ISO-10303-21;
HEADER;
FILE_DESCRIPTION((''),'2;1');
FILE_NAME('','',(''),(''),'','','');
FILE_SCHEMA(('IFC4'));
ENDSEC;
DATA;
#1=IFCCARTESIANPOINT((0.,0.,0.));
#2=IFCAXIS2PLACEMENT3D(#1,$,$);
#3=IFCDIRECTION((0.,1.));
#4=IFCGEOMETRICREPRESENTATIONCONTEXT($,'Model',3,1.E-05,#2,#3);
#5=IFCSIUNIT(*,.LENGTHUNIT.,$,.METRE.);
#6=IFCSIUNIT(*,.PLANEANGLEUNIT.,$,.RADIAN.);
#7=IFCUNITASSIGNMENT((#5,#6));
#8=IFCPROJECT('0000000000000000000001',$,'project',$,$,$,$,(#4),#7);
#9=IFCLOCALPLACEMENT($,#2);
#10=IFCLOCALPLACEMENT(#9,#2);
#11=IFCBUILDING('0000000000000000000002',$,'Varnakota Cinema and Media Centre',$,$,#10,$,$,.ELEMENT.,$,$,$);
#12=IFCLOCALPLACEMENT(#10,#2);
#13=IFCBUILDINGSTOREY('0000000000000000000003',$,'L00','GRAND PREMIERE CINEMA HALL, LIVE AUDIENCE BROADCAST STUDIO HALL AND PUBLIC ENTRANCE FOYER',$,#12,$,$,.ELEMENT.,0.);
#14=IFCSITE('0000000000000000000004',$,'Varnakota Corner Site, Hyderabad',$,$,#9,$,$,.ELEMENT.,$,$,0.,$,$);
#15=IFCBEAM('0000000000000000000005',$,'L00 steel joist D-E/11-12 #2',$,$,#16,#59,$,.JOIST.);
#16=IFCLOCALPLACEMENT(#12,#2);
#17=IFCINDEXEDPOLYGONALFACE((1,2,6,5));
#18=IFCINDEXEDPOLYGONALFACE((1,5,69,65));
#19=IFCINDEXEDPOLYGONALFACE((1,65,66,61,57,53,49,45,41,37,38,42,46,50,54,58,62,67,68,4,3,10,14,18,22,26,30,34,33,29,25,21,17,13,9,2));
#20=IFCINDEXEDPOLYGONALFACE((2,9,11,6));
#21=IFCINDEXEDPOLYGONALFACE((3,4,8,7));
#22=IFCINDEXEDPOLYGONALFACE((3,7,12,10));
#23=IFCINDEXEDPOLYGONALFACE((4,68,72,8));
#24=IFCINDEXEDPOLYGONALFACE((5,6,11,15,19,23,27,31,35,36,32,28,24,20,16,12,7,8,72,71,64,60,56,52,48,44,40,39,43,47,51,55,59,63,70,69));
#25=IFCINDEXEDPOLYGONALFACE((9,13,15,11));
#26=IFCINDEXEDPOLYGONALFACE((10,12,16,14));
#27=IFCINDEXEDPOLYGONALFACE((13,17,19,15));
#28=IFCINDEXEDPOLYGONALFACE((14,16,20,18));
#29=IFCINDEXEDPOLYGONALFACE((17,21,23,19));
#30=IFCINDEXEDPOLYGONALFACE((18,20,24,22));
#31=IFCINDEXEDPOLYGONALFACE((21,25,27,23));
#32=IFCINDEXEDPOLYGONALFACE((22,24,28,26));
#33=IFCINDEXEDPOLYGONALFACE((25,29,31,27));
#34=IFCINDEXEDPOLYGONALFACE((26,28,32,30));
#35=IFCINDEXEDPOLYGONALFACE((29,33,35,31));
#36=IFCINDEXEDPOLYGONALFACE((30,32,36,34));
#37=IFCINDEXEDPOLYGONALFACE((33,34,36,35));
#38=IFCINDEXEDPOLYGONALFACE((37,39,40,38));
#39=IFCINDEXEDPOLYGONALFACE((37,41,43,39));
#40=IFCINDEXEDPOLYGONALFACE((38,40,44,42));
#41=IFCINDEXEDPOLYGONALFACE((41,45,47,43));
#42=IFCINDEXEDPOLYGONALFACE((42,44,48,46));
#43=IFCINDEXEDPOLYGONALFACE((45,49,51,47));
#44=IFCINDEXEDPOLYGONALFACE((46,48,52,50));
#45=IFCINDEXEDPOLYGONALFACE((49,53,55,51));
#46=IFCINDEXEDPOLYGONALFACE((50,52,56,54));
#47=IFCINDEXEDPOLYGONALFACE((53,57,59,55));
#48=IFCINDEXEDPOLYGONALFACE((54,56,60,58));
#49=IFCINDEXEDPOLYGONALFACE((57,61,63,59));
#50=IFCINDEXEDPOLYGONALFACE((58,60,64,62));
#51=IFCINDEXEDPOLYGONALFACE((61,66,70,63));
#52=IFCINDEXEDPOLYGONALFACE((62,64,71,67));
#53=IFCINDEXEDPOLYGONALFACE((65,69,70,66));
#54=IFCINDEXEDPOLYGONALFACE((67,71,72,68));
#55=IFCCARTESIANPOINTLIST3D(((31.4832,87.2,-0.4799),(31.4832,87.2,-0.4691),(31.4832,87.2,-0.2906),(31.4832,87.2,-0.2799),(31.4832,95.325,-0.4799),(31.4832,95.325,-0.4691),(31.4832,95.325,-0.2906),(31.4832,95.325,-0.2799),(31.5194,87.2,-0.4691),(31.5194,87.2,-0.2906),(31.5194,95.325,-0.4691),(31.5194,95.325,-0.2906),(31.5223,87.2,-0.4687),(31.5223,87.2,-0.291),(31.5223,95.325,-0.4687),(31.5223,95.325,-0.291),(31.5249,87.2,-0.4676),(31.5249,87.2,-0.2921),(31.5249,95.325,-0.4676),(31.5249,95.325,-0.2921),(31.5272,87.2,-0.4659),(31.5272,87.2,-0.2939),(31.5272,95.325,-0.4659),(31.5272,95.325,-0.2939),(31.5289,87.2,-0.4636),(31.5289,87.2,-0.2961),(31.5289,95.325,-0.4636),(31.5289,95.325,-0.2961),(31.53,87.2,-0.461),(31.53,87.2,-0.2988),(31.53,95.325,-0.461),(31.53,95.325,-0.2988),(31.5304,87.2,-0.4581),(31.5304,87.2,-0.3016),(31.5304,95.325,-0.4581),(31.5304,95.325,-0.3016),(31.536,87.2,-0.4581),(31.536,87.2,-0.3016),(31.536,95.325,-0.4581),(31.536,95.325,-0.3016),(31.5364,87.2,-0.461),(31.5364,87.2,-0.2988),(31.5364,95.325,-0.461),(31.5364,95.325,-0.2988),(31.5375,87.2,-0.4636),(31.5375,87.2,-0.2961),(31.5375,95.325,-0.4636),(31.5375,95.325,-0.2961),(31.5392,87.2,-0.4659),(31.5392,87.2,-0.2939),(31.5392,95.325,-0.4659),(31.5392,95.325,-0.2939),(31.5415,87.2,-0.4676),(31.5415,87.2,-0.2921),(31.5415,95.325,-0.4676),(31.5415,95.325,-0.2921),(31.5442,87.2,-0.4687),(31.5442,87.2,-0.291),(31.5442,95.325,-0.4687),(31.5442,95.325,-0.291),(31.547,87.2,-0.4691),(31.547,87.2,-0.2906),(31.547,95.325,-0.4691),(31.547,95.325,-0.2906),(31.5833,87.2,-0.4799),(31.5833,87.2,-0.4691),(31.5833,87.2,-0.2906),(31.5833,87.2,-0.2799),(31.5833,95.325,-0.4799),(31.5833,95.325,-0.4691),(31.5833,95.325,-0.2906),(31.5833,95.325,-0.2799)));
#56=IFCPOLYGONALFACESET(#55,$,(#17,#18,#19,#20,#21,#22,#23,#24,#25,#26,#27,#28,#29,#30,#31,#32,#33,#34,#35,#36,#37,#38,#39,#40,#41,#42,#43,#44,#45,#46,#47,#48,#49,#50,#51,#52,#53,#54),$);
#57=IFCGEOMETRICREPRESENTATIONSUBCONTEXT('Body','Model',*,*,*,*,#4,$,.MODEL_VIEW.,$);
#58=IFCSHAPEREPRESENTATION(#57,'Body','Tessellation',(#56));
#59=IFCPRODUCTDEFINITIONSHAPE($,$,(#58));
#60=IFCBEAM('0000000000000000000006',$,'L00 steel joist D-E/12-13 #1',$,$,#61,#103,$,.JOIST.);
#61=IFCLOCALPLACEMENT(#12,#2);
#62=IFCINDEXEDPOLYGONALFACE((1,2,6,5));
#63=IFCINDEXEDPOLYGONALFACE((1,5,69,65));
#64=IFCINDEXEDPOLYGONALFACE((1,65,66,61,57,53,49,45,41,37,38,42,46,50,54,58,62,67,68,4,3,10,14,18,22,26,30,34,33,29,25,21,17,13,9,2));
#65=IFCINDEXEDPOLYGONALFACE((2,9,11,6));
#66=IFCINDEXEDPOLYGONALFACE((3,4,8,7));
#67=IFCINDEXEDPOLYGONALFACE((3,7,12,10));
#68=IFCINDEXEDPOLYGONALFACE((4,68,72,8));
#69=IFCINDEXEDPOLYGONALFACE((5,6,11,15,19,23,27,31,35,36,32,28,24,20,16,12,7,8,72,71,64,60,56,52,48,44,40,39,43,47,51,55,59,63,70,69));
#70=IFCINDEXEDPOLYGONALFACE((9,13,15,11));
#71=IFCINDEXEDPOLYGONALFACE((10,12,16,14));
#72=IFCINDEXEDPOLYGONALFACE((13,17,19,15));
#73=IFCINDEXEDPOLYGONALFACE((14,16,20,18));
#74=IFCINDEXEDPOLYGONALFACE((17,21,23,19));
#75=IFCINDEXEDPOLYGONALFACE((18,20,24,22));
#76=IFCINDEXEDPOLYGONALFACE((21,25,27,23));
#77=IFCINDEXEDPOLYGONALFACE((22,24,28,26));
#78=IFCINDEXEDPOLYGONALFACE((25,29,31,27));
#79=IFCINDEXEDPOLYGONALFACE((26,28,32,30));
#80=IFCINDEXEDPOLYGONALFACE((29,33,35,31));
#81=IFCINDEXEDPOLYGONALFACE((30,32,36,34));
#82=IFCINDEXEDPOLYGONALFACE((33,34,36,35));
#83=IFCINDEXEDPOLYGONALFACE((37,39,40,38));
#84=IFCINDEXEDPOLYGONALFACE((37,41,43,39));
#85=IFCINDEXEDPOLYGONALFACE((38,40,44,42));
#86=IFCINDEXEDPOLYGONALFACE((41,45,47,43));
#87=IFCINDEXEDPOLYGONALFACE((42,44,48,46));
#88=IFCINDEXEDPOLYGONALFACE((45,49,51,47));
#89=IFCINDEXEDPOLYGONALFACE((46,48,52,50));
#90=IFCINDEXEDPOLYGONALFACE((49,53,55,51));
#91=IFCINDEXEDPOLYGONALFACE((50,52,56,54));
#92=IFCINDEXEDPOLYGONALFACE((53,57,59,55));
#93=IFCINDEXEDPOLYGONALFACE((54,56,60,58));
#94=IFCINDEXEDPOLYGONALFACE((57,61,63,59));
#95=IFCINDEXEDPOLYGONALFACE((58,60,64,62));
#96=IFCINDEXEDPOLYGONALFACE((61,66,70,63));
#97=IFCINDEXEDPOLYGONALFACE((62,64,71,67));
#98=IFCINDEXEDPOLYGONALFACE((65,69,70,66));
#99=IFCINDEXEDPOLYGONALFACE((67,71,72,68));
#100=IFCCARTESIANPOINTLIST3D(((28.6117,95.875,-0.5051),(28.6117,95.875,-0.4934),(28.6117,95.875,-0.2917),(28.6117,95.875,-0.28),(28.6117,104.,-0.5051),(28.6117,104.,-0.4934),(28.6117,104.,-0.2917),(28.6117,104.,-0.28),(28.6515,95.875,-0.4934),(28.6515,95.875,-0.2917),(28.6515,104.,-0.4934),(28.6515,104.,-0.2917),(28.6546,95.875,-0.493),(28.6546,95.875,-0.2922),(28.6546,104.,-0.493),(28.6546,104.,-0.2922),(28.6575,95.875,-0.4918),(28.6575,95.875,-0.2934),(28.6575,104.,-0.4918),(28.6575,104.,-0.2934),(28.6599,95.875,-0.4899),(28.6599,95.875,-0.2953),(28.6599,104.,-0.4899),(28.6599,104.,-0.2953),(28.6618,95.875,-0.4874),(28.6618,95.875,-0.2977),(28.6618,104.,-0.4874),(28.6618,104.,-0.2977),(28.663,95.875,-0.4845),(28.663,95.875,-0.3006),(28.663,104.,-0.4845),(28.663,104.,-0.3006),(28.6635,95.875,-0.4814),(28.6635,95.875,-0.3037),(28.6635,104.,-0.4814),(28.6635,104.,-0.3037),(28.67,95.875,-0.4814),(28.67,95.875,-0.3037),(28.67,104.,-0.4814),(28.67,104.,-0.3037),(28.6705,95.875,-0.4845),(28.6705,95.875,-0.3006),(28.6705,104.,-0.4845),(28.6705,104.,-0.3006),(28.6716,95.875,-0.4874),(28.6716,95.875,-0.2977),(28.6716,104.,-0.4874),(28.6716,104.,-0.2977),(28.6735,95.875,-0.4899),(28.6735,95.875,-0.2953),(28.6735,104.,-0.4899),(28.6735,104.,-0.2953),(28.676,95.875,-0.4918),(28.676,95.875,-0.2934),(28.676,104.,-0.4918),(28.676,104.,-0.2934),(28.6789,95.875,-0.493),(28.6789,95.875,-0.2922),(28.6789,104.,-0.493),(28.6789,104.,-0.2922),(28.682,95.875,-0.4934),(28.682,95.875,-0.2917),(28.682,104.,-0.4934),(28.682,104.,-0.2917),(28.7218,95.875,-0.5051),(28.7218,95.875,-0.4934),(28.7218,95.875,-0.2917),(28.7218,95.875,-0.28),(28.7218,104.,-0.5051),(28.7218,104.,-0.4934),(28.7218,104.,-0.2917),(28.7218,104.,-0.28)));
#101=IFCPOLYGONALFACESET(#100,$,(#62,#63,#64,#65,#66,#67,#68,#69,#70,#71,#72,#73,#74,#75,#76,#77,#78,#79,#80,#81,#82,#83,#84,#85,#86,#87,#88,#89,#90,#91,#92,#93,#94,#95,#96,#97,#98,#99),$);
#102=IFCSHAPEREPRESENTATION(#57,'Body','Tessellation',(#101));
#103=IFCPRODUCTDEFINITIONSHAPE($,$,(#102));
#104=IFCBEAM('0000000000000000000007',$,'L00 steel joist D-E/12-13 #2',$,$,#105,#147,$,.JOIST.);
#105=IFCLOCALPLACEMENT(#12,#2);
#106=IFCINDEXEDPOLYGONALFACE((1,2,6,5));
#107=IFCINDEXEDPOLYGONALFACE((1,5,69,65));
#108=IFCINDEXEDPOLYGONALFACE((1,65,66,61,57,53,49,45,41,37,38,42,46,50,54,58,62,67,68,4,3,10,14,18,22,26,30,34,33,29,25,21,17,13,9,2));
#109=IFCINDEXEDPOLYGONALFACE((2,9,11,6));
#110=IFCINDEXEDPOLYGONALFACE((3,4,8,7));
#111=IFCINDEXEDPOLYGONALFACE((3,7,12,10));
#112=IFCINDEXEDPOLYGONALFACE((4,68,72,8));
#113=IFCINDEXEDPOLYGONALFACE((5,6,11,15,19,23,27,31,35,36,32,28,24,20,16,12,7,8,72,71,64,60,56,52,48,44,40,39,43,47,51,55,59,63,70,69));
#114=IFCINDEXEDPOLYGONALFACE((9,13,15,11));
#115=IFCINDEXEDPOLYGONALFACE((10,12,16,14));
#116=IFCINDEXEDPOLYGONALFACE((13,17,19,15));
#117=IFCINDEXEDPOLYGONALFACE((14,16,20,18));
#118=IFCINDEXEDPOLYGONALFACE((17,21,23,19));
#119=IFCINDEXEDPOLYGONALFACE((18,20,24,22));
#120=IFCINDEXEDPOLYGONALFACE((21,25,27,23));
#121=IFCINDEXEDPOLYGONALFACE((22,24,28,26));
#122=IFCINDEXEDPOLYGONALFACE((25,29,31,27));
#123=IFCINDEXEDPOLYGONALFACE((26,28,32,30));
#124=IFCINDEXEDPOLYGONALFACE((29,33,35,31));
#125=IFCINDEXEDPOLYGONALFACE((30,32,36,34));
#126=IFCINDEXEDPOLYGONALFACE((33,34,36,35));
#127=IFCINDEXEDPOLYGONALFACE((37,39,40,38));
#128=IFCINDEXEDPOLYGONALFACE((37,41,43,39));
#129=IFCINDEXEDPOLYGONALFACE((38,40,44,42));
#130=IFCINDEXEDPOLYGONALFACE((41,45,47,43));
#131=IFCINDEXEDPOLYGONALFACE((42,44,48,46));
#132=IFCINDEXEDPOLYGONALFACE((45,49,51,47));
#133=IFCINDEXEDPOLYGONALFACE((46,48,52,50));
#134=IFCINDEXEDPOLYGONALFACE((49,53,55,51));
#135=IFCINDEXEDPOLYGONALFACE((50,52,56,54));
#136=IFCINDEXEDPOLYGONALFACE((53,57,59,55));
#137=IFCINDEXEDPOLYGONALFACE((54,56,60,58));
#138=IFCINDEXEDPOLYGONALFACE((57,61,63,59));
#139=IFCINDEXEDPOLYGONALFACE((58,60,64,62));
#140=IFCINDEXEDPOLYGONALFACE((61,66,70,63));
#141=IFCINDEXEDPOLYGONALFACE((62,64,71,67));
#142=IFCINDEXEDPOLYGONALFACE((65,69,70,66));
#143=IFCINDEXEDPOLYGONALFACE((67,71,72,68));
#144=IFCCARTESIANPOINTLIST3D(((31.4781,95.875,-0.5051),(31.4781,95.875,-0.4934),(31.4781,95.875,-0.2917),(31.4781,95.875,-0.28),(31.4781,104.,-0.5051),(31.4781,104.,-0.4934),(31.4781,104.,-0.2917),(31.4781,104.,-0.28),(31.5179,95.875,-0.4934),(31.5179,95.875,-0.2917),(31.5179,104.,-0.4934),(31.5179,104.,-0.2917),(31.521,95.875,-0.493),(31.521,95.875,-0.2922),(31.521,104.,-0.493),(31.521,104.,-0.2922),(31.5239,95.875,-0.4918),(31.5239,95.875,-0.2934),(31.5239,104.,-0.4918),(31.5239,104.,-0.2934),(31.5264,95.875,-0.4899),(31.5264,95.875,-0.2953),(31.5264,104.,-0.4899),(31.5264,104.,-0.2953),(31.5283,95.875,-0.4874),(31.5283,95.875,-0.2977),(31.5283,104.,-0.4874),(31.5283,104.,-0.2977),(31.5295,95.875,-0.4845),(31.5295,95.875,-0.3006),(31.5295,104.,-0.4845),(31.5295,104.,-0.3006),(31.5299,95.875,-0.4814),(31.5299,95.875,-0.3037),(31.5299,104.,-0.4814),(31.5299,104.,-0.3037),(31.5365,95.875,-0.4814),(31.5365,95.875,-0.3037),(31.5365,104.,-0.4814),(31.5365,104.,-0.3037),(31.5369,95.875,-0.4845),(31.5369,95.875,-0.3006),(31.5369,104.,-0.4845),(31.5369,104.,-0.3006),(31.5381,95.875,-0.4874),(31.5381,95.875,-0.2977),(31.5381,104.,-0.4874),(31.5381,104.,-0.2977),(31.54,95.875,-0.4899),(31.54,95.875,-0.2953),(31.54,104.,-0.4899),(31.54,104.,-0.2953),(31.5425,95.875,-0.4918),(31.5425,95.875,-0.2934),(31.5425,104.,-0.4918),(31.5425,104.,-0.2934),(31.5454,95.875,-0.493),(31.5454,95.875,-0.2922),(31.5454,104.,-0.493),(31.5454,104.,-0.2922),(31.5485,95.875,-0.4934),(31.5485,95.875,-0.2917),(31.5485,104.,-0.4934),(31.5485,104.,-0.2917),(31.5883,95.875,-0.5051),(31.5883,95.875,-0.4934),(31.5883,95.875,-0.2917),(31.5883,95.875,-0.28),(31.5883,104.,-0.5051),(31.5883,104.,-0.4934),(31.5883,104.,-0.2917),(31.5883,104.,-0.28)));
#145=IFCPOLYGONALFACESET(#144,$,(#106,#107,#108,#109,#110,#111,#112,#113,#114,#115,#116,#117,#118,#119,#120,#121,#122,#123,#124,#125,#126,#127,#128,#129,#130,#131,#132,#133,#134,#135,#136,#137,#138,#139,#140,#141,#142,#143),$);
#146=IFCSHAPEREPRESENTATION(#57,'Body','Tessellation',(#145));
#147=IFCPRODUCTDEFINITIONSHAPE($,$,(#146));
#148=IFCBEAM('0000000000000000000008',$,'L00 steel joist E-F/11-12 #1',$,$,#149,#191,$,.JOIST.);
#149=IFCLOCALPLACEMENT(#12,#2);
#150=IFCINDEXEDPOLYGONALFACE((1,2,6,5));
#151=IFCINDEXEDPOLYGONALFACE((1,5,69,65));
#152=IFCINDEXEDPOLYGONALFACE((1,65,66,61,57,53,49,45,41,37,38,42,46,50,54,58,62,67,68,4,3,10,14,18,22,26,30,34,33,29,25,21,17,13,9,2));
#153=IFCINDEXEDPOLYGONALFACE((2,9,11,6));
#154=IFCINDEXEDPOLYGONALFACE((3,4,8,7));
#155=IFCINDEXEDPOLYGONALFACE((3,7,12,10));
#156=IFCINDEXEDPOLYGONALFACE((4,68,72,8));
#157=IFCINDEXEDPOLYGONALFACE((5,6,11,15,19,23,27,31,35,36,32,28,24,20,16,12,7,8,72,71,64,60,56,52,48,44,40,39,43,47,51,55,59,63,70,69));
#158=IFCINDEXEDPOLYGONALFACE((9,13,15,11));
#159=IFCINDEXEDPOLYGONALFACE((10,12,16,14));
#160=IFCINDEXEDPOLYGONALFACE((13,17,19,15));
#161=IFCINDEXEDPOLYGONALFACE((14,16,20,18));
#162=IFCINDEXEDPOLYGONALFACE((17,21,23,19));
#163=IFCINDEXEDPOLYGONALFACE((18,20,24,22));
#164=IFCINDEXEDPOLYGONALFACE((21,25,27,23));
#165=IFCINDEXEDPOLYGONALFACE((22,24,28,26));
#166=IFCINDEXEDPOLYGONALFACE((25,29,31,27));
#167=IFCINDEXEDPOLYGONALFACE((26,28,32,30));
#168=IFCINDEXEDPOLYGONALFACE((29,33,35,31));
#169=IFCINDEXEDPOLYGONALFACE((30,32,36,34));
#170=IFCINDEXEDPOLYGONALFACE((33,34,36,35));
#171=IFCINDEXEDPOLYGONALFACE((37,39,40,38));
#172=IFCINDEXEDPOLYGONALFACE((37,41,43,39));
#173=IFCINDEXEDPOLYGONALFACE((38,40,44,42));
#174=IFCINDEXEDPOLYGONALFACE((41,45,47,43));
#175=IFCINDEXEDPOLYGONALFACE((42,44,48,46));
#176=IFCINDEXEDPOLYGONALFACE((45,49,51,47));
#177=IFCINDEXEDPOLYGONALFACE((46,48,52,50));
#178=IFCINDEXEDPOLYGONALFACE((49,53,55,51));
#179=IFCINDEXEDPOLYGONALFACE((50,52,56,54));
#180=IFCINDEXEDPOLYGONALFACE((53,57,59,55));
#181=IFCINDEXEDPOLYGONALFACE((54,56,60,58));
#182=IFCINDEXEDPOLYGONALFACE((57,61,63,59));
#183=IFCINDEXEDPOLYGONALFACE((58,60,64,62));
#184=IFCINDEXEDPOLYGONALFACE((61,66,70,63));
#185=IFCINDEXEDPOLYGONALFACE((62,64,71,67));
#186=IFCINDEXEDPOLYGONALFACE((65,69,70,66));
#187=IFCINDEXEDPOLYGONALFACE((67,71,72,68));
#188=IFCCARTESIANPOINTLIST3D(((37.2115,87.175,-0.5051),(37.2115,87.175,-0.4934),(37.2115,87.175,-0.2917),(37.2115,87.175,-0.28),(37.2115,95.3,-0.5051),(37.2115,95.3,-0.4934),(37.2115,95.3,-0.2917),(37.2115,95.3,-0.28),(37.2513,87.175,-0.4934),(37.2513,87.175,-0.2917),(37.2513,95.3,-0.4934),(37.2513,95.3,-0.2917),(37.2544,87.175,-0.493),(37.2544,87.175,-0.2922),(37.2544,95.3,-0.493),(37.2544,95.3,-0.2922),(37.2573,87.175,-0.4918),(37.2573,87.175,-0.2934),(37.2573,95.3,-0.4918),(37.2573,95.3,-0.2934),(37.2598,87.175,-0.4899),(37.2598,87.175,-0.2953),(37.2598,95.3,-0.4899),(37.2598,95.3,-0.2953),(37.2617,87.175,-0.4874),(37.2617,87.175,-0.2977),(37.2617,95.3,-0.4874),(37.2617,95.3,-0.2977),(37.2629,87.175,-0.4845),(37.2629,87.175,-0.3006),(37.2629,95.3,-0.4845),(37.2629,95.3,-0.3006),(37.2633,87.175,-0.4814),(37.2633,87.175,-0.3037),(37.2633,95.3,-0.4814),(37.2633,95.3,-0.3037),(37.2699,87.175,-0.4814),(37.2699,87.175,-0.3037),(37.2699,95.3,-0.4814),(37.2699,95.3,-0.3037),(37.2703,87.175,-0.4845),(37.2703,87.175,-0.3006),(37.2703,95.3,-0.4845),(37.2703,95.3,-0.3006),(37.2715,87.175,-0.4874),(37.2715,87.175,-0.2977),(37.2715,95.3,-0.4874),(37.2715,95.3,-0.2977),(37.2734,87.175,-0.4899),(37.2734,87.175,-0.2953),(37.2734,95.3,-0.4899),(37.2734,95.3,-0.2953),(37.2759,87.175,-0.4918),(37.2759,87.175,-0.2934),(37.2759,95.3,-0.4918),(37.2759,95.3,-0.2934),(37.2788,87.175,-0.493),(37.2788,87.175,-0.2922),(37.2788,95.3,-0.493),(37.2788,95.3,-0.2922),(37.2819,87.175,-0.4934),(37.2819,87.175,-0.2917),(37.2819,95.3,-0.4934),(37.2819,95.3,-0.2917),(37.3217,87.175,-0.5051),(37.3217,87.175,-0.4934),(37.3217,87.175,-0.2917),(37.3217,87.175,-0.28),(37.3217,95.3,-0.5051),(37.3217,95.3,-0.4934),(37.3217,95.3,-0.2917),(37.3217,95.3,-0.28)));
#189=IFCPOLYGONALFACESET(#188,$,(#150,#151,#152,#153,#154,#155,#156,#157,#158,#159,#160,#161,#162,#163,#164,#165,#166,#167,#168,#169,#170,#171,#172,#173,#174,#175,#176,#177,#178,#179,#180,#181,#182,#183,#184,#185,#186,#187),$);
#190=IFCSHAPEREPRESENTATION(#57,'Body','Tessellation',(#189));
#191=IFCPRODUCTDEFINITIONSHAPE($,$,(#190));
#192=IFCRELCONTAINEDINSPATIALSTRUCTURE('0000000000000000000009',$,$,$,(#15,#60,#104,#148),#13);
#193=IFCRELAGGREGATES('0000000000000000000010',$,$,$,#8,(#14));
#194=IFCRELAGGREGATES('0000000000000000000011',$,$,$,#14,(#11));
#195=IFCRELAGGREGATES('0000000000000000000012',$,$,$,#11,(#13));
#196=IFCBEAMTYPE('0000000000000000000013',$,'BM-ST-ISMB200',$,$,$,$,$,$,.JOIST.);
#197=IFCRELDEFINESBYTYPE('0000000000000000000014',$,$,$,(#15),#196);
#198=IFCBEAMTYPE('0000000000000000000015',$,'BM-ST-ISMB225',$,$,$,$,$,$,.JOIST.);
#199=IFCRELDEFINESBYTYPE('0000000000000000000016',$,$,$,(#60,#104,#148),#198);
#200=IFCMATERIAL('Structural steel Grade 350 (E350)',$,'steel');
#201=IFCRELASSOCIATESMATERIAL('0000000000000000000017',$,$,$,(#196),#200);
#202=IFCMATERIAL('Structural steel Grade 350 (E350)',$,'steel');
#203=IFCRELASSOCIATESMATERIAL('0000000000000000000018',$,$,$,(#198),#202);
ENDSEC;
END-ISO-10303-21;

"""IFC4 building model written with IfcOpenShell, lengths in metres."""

from ifc_helpers import new_model, si_unit, direction, frame, origin, origin_2d, place, context, subcontext, project, spatial, i_section, extrude, material, material_profile, profile_set, type_object, element, save


model = new_model("IFC4")

# Units and contexts
model_context = context("Model", 3, precision=1e-05, world=origin(), true_north=direction((0.0, 1.0)))
body_context = subcontext(model_context, "Body", "Model", "MODEL_VIEW")
ifc_project = project(units=[si_unit("LENGTHUNIT", "METRE"), si_unit("PLANEANGLEUNIT", "RADIAN")], contexts=[model_context])

# Site, building, storey
site_placement = place(None, origin())
site = spatial("IfcSite", under=ifc_project, at=site_placement, Name="Varnakota Corner Site, Hyderabad", CompositionType="ELEMENT", RefElevation=0.0)
building_placement = place(site_placement, origin())
building = spatial("IfcBuilding", under=site, at=building_placement, Name="Varnakota Cinema and Media Centre", CompositionType="ELEMENT")
storey_placement = place(building_placement, origin())
storey = spatial("IfcBuildingStorey", under=building, at=storey_placement, Name="L00", Description="GRAND PREMIERE CINEMA HALL, LIVE AUDIENCE BROADCAST STUDIO HALL AND PUBLIC ENTRANCE FOYER", CompositionType="ELEMENT", Elevation=0.0)

# Beams
ifc_material_1 = material(Name="Structural steel Grade 350 (E350)", Category="steel")
ifc_material_profile_1 = material_profile(ifc_material_1, i_section(OverallWidth=0.1001, OverallDepth=0.2, WebThickness=0.0056, FlangeThickness=0.0107, FilletRadius=0.011, at=origin_2d()), Name="ISMB 200")
ifc_profile_set_1 = profile_set([ifc_material_profile_1], Name="Structural steel Grade 350 (E350)")
beam_type_1 = type_object("IfcBeamType", Name="BM-ST-ISMB200", PredefinedType="JOIST", material=ifc_profile_set_1)
for number, where, z_axis, x_axis, name in (
    (1, (31.5332, 87.2, -0.3799), (0.0, 1.0, 0.0), (-1.0, 0.0, 0.0), "L00 steel joist D-E/11-12 #2"),
):
    element("IfcBeam", number, at=place(storey_placement, frame(where, z_axis=z_axis, x_axis=x_axis)), inside=storey, type_object=beam_type_1, Name=name, PredefinedType="JOIST", context=body_context, shape_type="SweptSolid", body=[
        extrude(i_section(OverallWidth=0.1001, OverallDepth=0.2, WebThickness=0.0056, FlangeThickness=0.0107, FilletRadius=0.011, at=origin_2d()), origin(), (0.0, 0.0, 1.0), 8.125),
    ])
ifc_material_2 = material(Name="Structural steel Grade 350 (E350)", Category="steel")
ifc_material_profile_2 = material_profile(ifc_material_2, i_section(OverallWidth=0.1101, OverallDepth=0.2251, WebThickness=0.0066, FlangeThickness=0.0117, FilletRadius=0.012, at=origin_2d()), Name="ISMB 225")
ifc_profile_set_2 = profile_set([ifc_material_profile_2], Name="Structural steel Grade 350 (E350)")
beam_type_2 = type_object("IfcBeamType", Name="BM-ST-ISMB225", PredefinedType="JOIST", material=ifc_profile_set_2)
for number, where, z_axis, x_axis, name in (
    (2, (28.6667, 95.875, -0.3926), (0.0, 1.0, 0.0), (-1.0, 0.0, 0.0), "L00 steel joist D-E/12-13 #1"),
    (3, (31.5332, 95.875, -0.3926), (0.0, 1.0, 0.0), (-1.0, 0.0, 0.0), "L00 steel joist D-E/12-13 #2"),
    (4, (37.2666, 87.175, -0.3926), (0.0, 1.0, 0.0), (-1.0, 0.0, 0.0), "L00 steel joist E-F/11-12 #1"),
):
    element("IfcBeam", number, at=place(storey_placement, frame(where, z_axis=z_axis, x_axis=x_axis)), inside=storey, type_object=beam_type_2, Name=name, PredefinedType="JOIST", context=body_context, shape_type="SweptSolid", body=[
        extrude(i_section(OverallWidth=0.1101, OverallDepth=0.2251, WebThickness=0.0066, FlangeThickness=0.0117, FilletRadius=0.012, at=origin_2d()), origin(), (0.0, 0.0, 1.0), 8.125),
    ])

save(model, "model.ifc")
